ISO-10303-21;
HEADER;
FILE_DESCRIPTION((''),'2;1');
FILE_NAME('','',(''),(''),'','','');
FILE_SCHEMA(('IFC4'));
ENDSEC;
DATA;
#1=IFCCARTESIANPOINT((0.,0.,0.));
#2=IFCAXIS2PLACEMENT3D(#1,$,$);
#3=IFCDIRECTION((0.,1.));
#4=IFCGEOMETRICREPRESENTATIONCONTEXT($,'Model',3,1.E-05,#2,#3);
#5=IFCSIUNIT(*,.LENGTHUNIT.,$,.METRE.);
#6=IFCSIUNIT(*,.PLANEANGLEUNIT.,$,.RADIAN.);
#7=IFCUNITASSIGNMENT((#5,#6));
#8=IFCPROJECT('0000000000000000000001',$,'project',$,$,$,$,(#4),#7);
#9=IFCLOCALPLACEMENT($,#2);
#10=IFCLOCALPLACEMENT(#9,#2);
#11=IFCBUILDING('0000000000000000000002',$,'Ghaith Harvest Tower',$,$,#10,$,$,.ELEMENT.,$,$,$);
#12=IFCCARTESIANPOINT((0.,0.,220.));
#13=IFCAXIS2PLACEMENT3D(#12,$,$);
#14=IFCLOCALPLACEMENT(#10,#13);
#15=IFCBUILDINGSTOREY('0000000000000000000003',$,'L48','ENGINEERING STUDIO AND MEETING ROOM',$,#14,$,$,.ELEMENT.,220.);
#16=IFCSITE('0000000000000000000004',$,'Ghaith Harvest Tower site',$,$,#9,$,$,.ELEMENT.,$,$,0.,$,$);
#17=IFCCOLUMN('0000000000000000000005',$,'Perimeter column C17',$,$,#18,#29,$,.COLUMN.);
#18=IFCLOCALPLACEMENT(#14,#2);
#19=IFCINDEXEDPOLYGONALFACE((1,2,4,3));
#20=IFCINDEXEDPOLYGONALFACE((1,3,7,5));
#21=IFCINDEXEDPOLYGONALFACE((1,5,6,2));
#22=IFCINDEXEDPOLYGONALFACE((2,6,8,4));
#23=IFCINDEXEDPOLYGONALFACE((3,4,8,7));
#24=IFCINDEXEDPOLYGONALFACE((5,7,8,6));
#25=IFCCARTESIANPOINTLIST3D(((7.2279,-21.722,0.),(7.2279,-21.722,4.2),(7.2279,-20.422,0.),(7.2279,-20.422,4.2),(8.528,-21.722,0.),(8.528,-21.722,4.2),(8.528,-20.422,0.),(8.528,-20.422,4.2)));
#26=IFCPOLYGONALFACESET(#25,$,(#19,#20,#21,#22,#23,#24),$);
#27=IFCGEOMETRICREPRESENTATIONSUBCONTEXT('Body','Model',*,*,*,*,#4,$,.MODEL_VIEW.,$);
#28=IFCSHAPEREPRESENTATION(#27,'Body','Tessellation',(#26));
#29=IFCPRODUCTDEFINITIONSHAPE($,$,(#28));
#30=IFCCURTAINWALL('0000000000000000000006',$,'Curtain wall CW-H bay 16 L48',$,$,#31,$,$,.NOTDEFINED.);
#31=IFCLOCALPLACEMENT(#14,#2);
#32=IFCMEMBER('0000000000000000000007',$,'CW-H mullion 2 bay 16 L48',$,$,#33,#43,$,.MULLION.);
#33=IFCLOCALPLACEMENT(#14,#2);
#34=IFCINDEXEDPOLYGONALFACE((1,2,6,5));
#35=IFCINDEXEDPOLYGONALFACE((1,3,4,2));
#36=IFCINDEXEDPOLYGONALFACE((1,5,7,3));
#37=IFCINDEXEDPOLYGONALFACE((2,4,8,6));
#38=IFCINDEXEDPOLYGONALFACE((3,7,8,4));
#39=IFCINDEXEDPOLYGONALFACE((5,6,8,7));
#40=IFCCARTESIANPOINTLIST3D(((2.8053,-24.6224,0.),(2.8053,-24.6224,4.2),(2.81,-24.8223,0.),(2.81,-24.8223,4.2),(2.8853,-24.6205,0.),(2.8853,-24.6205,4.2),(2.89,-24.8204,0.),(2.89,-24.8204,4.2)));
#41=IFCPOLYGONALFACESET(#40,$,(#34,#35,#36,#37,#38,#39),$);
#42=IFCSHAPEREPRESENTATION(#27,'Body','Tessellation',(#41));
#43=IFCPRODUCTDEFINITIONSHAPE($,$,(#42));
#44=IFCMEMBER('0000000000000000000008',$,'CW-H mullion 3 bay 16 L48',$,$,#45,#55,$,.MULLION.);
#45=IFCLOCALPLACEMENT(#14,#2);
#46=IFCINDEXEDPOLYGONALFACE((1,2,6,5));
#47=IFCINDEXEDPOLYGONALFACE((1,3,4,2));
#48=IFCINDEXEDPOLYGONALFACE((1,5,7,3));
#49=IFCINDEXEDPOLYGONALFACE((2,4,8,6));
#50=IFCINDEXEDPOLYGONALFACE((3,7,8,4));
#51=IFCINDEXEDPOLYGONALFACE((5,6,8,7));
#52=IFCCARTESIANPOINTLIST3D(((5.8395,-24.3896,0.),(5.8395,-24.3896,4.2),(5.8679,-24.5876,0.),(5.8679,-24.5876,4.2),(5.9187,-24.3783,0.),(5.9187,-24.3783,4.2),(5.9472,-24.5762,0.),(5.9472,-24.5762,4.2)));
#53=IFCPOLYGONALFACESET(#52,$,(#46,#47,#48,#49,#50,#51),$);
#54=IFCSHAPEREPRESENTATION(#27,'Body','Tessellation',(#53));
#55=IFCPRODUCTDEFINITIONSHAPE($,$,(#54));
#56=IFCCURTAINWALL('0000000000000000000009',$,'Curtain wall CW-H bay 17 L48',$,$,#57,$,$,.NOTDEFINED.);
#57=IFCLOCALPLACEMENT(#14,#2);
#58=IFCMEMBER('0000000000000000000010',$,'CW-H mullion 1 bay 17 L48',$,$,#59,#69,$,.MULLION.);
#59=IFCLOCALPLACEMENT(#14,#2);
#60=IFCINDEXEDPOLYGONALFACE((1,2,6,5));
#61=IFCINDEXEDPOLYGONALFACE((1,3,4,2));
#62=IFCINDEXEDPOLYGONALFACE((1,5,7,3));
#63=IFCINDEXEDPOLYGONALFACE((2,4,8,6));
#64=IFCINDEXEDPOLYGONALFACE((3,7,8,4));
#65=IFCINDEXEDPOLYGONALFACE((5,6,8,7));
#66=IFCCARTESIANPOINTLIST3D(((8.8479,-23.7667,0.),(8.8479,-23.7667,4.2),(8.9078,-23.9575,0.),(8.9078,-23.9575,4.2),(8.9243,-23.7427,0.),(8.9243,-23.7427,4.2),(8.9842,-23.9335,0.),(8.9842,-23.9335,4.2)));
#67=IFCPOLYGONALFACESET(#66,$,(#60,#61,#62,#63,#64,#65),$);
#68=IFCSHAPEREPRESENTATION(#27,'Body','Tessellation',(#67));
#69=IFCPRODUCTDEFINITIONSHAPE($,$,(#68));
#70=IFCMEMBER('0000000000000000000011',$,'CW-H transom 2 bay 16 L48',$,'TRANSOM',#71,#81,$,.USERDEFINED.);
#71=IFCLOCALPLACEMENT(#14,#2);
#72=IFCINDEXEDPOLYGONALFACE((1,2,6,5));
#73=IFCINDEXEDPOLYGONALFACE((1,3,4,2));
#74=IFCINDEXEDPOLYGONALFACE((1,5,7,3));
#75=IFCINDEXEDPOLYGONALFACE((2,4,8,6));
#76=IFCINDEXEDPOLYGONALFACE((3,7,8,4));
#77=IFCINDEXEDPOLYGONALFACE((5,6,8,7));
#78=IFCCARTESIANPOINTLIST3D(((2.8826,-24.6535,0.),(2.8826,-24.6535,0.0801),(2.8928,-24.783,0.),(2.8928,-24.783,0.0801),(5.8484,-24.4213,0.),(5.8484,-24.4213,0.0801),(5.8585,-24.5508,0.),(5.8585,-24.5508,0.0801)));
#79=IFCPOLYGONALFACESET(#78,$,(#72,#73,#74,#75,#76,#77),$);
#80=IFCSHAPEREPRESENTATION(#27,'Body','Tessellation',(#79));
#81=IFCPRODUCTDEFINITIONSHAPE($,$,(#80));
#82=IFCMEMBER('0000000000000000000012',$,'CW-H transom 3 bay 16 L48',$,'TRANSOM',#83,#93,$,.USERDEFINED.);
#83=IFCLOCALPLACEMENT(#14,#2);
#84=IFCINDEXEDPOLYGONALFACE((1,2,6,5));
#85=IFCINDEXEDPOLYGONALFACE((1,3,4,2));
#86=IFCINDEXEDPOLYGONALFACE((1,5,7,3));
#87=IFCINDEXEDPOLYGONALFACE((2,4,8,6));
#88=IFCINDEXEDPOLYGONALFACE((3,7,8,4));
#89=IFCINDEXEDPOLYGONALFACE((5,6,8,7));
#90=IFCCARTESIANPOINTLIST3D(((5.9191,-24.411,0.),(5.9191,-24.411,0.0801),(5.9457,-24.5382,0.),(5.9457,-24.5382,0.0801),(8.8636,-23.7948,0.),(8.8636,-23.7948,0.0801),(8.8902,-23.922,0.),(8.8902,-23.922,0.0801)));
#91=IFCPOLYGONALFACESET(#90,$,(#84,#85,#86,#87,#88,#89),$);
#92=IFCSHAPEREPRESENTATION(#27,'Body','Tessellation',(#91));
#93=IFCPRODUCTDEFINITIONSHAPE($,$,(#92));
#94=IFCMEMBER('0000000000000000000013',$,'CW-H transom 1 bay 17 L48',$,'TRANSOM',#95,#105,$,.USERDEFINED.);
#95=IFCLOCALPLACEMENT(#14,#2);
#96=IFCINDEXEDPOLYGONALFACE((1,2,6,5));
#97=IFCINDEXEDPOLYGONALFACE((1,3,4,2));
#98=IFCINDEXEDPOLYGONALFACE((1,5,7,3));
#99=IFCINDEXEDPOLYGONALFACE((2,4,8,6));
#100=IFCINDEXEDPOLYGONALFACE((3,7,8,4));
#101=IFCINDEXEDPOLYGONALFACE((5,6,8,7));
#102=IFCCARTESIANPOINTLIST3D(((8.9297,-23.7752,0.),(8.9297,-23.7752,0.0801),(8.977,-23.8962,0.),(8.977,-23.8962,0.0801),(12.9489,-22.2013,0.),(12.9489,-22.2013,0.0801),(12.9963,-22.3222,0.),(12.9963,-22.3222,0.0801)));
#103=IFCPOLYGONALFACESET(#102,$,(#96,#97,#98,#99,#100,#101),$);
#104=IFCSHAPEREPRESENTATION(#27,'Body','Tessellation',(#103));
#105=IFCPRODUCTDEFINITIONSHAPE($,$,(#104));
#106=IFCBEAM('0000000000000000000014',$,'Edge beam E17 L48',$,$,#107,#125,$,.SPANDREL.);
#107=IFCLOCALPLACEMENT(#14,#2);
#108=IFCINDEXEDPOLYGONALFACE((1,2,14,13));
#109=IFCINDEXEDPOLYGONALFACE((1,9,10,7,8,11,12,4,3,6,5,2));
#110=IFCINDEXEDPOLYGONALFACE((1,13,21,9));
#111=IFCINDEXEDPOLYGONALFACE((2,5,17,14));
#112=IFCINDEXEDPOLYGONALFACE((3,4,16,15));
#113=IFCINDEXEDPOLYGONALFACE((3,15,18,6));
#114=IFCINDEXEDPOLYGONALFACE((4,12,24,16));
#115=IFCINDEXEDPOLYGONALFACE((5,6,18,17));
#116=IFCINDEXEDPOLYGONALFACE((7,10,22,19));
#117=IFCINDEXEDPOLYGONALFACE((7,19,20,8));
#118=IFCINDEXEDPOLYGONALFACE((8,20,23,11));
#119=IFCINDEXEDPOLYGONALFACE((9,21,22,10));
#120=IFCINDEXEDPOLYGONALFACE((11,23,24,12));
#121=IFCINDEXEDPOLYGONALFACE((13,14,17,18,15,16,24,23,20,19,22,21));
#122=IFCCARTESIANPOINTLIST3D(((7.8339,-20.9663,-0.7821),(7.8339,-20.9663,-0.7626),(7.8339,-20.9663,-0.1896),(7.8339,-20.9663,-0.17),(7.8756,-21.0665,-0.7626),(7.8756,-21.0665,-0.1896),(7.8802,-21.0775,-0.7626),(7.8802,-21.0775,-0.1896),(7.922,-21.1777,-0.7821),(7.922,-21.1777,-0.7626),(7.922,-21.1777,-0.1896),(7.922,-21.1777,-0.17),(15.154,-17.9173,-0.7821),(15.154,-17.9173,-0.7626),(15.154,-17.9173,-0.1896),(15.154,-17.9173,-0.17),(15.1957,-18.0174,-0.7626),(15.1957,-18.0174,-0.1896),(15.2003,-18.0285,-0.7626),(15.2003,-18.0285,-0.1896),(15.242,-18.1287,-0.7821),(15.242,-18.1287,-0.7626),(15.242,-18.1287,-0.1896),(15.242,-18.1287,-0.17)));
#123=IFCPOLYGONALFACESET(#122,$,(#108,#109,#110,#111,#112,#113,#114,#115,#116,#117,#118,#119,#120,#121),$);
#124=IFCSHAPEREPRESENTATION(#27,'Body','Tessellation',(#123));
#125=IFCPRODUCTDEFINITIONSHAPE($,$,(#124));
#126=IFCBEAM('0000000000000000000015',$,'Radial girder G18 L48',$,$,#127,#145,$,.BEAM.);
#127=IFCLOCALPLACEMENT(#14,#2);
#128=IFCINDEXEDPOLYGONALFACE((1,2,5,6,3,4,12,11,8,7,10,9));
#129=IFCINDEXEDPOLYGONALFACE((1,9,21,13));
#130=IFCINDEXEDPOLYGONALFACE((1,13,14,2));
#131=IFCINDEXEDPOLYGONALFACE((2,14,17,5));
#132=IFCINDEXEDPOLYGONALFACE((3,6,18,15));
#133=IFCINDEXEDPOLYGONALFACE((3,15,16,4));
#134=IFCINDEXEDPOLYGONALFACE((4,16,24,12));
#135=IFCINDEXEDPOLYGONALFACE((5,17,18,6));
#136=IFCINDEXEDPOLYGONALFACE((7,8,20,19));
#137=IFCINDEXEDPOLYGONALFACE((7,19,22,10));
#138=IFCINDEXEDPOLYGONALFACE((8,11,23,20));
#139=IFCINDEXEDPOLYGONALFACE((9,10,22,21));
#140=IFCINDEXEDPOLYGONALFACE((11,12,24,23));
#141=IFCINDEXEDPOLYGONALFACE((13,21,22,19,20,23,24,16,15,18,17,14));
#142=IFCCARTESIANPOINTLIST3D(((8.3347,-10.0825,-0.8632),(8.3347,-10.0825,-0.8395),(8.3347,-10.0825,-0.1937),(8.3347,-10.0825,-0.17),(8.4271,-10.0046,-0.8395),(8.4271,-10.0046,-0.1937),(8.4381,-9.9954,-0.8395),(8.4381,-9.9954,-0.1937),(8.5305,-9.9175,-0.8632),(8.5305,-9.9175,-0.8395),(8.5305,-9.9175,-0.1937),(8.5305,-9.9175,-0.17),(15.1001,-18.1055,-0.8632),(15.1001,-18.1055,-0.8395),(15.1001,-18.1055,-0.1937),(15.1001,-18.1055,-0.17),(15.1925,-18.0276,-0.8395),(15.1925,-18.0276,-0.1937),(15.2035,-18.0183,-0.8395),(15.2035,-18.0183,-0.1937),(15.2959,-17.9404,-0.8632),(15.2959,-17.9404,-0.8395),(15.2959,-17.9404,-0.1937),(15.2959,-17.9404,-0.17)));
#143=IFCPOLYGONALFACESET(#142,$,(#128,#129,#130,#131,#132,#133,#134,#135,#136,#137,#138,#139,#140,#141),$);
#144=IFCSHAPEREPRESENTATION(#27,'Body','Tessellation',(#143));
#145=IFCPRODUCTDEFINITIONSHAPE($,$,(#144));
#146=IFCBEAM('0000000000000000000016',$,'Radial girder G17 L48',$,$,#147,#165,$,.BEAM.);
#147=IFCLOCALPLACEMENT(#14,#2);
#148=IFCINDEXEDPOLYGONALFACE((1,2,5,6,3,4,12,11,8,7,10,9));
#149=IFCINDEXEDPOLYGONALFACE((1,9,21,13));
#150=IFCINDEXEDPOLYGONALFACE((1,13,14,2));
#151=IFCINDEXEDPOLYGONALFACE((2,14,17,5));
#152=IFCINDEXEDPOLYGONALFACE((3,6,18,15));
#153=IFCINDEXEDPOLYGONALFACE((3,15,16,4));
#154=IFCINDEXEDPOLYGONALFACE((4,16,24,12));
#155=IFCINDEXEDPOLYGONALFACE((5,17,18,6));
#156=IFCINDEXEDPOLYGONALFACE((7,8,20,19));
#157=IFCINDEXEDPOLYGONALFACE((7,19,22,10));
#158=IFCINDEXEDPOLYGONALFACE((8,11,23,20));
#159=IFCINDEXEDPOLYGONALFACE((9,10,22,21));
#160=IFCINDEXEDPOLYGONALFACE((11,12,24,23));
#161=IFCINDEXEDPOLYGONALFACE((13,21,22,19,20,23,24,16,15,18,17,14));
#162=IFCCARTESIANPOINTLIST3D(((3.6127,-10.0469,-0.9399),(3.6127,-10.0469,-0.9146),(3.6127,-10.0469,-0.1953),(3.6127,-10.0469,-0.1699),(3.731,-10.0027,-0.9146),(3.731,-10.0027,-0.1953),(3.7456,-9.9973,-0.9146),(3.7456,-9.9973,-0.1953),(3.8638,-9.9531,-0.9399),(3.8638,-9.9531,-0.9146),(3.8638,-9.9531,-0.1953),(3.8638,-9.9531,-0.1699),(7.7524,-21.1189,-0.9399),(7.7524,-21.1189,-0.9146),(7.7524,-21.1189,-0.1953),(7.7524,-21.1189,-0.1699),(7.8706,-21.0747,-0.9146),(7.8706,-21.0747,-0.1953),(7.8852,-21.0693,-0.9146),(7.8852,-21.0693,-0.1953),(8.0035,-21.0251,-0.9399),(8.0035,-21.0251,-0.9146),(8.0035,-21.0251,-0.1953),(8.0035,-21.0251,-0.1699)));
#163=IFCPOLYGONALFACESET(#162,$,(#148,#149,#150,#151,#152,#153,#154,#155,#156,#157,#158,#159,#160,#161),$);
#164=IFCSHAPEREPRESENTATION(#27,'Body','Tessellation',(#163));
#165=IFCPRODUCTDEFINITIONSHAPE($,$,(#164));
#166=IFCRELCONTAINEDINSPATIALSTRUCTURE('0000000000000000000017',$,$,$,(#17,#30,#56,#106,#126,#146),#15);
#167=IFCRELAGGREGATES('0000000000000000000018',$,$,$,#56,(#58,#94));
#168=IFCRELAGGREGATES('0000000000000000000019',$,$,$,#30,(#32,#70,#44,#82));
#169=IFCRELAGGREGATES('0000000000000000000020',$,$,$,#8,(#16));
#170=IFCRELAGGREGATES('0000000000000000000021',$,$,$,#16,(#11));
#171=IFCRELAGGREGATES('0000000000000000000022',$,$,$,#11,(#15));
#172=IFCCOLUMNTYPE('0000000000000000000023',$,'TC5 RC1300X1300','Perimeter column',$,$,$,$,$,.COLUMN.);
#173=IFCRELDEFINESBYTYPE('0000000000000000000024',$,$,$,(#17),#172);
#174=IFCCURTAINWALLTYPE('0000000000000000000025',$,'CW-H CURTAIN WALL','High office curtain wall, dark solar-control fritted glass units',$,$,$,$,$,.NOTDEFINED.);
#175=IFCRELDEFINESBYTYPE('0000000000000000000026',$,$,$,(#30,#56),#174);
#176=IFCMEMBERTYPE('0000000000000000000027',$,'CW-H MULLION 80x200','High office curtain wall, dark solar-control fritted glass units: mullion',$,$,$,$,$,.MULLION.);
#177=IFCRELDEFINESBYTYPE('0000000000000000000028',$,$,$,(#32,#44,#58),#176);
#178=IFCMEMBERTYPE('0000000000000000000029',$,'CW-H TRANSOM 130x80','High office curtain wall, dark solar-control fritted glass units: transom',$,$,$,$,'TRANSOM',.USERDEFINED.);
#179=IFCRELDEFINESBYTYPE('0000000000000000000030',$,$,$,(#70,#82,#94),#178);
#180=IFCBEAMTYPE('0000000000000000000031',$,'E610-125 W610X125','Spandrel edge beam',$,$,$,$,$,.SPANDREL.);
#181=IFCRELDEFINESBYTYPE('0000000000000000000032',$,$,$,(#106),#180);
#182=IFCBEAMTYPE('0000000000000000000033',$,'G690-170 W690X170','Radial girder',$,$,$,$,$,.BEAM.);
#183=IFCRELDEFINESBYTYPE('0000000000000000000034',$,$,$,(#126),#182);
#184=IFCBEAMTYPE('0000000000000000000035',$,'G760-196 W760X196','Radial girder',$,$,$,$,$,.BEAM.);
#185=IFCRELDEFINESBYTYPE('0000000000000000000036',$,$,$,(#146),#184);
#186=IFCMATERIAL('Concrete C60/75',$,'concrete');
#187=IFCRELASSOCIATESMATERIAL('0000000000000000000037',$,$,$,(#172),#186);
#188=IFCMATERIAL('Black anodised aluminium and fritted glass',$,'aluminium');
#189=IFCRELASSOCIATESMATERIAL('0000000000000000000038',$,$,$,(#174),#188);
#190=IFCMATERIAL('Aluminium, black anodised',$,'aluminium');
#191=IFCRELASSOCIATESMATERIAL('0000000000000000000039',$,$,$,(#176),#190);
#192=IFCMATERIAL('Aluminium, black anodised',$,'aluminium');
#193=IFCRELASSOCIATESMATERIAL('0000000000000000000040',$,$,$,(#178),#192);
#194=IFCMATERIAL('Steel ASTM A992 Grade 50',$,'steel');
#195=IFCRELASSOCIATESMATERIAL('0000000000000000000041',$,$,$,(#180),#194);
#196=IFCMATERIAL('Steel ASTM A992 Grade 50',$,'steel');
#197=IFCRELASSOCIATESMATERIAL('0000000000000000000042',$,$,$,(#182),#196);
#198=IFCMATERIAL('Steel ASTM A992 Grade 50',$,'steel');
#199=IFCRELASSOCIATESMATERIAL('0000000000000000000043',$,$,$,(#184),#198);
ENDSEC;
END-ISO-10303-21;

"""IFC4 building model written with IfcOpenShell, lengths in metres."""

from ifc_helpers import new_model, si_unit, direction, frame, origin, origin_2d, place, context, subcontext, project, spatial, rectangle, i_section, extrude, material, material_profile, profile_set, type_object, element, aggregate, save


model = new_model("IFC4")

# Units and contexts
model_context = context("Model", 3, precision=1e-05, world=origin(), true_north=direction((0.0, 1.0)))
body_context = subcontext(model_context, "Body", "Model", "MODEL_VIEW")
ifc_project = project(units=[si_unit("LENGTHUNIT", "METRE"), si_unit("PLANEANGLEUNIT", "RADIAN")], contexts=[model_context])

# Site, building, storey
site_placement = place(None, origin())
site = spatial("IfcSite", under=ifc_project, at=site_placement, Name="Ghaith Harvest Tower site", CompositionType="ELEMENT", RefElevation=0.0)
building_placement = place(site_placement, origin())
building = spatial("IfcBuilding", under=site, at=building_placement, Name="Ghaith Harvest Tower", CompositionType="ELEMENT")
storey_placement = place(building_placement, frame((0.0, 0.0, 220.0)))
storey = spatial("IfcBuildingStorey", under=building, at=storey_placement, Name="L48", Description="ENGINEERING STUDIO AND MEETING ROOM", CompositionType="ELEMENT", Elevation=220.0)

# Column
ifc_material_1 = material(Name="Concrete C60/75", Category="concrete")
ifc_material_profile_1 = material_profile(ifc_material_1, rectangle(XDim=1.3, YDim=1.3, at=origin_2d()), Name="RC1300X1300")
ifc_profile_set_1 = profile_set([ifc_material_profile_1], Name="Concrete C60/75")
column_type = type_object("IfcColumnType", Name="TC5 RC1300X1300", Description="Perimeter column", PredefinedType="COLUMN", material=ifc_profile_set_1)
column_placement = place(storey_placement, frame((7.8779, -21.072, 0.0), z_axis=(0.0, 0.0, 1.0), x_axis=(1.0, 0.0, 0.0)))
element("IfcColumn", 1, at=column_placement, inside=storey, type_object=column_type, Name="Perimeter column C17", PredefinedType="COLUMN", context=body_context, shape_type="SweptSolid", body=[
    extrude(rectangle(XDim=1.3, YDim=1.3, at=origin_2d()), origin(), (0.0, 0.0, 1.0), 4.2),
])

# Curtain wall, members
ifc_material_2 = material(Name="Black anodised aluminium and fritted glass", Category="aluminium")
curtain_wall_type = type_object("IfcCurtainWallType", Name="CW-H CURTAIN WALL", Description="High office curtain wall, dark solar-control fritted glass units", PredefinedType="NOTDEFINED", material=ifc_material_2)
curtain_wall_1_placement = place(storey_placement, origin())
curtain_wall_1 = element("IfcCurtainWall", 2, at=curtain_wall_1_placement, inside=storey, type_object=curtain_wall_type, Name="Curtain wall CW-H bay 16 L48", PredefinedType="NOTDEFINED")
ifc_material_3 = material(Name="Aluminium, black anodised", Category="aluminium")
ifc_material_profile_2 = material_profile(ifc_material_3, rectangle(XDim=0.0801, YDim=0.2, at=origin_2d()), Name="CW-H MULLION 80x200")
ifc_profile_set_2 = profile_set([ifc_material_profile_2], Name="Aluminium, black anodised")
member_type_1 = type_object("IfcMemberType", Name="CW-H MULLION 80x200", Description="High office curtain wall, dark solar-control fritted glass units: mullion", PredefinedType="MULLION", material=ifc_profile_set_2)
member_1_placement = place(storey_placement, frame((2.8477, -24.7214, 0.0), z_axis=(0.0, 0.0, 1.0), x_axis=(0.999724, 0.023475, 0.0)))
member_1 = element("IfcMember", 3, at=member_1_placement, type_object=member_type_1, Name="CW-H mullion 2 bay 16 L48", PredefinedType="MULLION", context=body_context, shape_type="SweptSolid", body=[
    extrude(rectangle(XDim=0.0801, YDim=0.2, at=origin_2d()), origin(), (0.0, 0.0, 1.0), 4.2),
])
member_2_placement = place(storey_placement, frame((5.8933, -24.4829, 0.0), z_axis=(0.0, 0.0, 1.0), x_axis=(0.989849, 0.142122, 0.0)))
member_2 = element("IfcMember", 4, at=member_2_placement, type_object=member_type_1, Name="CW-H mullion 3 bay 16 L48", PredefinedType="MULLION", context=body_context, shape_type="SweptSolid", body=[
    extrude(rectangle(XDim=0.0801, YDim=0.2, at=origin_2d()), origin(), (0.0, 0.0, 1.0), 4.2),
])

# Curtain wall, member
curtain_wall_2_placement = place(storey_placement, origin())
curtain_wall_2 = element("IfcCurtainWall", 5, at=curtain_wall_2_placement, inside=storey, type_object=curtain_wall_type, Name="Curtain wall CW-H bay 17 L48", PredefinedType="NOTDEFINED")
member_3_placement = place(storey_placement, frame((8.916, -23.8501, 0.0), z_axis=(0.0, 0.0, 1.0), x_axis=(0.95403, 0.299711, 0.0)))
member_3 = element("IfcMember", 6, at=member_3_placement, type_object=member_type_1, Name="CW-H mullion 1 bay 17 L48", PredefinedType="MULLION", context=body_context, shape_type="SweptSolid", body=[
    extrude(rectangle(XDim=0.0801, YDim=0.2, at=origin_2d()), origin(), (0.0, 0.0, 1.0), 4.2),
])

# Members
ifc_material_4 = material(Name="Aluminium, black anodised", Category="aluminium")
ifc_material_profile_3 = material_profile(ifc_material_4, rectangle(XDim=0.1299, YDim=0.0801, at=origin_2d()), Name="CW-H TRANSOM 130x80")
ifc_profile_set_3 = profile_set([ifc_material_profile_3], Name="Aluminium, black anodised")
member_type_2 = type_object("IfcMemberType", Name="CW-H TRANSOM 130x80", Description="High office curtain wall, dark solar-control fritted glass units: transom", ElementType="TRANSOM", PredefinedType="USERDEFINED", material=ifc_profile_set_3)
member_4_placement = place(storey_placement, frame((2.8877, -24.7183, 0.04), z_axis=(0.99695, 0.078046, 0.0), x_axis=(-0.078046, 0.99695, 0.0)))
member_4 = element("IfcMember", 7, at=member_4_placement, type_object=member_type_2, Name="CW-H transom 2 bay 16 L48", ObjectType="TRANSOM", PredefinedType="USERDEFINED", context=body_context, shape_type="SweptSolid", body=[
    extrude(rectangle(XDim=0.1299, YDim=0.0801, at=origin_2d()), origin(), (0.0, 0.0, 1.0), 2.9749),
])
member_5_placement = place(storey_placement, frame((5.9324, -24.4746, 0.04), z_axis=(0.978797, 0.204832, 0.0), x_axis=(-0.204832, 0.978797, 0.0)))
member_5 = element("IfcMember", 8, at=member_5_placement, type_object=member_type_2, Name="CW-H transom 3 bay 16 L48", ObjectType="TRANSOM", PredefinedType="USERDEFINED", context=body_context, shape_type="SweptSolid", body=[
    extrude(rectangle(XDim=0.1299, YDim=0.0801, at=origin_2d()), origin(), (0.0, 0.0, 1.0), 3.0083),
])
member_6_placement = place(storey_placement, frame((8.9534, -23.8357, 0.04), z_axis=(0.931148, 0.364642, 0.0), x_axis=(-0.364642, 0.931148, 0.0)))
member_6 = element("IfcMember", 9, at=member_6_placement, type_object=member_type_2, Name="CW-H transom 1 bay 17 L48", ObjectType="TRANSOM", PredefinedType="USERDEFINED", context=body_context, shape_type="SweptSolid", body=[
    extrude(rectangle(XDim=0.1299, YDim=0.0801, at=origin_2d()), origin(), (0.0, 0.0, 1.0), 4.3164),
])
aggregate(curtain_wall_2, [member_3, member_6])

# Beams
ifc_material_5 = material(Name="Steel ASTM A992 Grade 50", Category="steel")
ifc_material_profile_4 = material_profile(ifc_material_5, i_section(OverallWidth=0.229, OverallDepth=0.6121, WebThickness=0.012, FlangeThickness=0.0195, at=origin_2d()), Name="W610X125")
ifc_profile_set_4 = profile_set([ifc_material_profile_4], Name="Steel ASTM A992 Grade 50")
beam_type_1 = type_object("IfcBeamType", Name="E610-125 W610X125", Description="Spandrel edge beam", PredefinedType="SPANDREL", material=ifc_profile_set_4)
beam_1_placement = place(storey_placement, frame((7.8779, -21.072, -0.4761), z_axis=(0.92312, 0.384513, 0.0), x_axis=(-0.384513, 0.92312, 0.0)))
element("IfcBeam", 10, at=beam_1_placement, inside=storey, type_object=beam_type_1, Name="Edge beam E17 L48", PredefinedType="SPANDREL", context=body_context, shape_type="SweptSolid", body=[
    extrude(i_section(OverallWidth=0.229, OverallDepth=0.6121, WebThickness=0.012, FlangeThickness=0.0195, at=origin_2d()), origin(), (0.0, 0.0, 1.0), 7.9297),
])
ifc_material_6 = material(Name="Steel ASTM A992 Grade 50", Category="steel")
ifc_material_profile_5 = material_profile(ifc_material_6, i_section(OverallWidth=0.2561, OverallDepth=0.6931, WebThickness=0.0144, FlangeThickness=0.0237, at=origin_2d()), Name="W690X170")
ifc_profile_set_5 = profile_set([ifc_material_profile_5], Name="Steel ASTM A992 Grade 50")
beam_type_2 = type_object("IfcBeamType", Name="G690-170 W690X170", Description="Radial girder", PredefinedType="BEAM", material=ifc_profile_set_5)
beam_2_placement = place(storey_placement, frame((8.4326, -10.0, -0.5166), z_axis=(0.644649, -0.764478, 0.0), x_axis=(0.764478, 0.644649, 0.0)))
element("IfcBeam", 11, at=beam_2_placement, inside=storey, type_object=beam_type_2, Name="Radial girder G18 L48", PredefinedType="BEAM", context=body_context, shape_type="SweptSolid", body=[
    extrude(i_section(OverallWidth=0.2561, OverallDepth=0.6931, WebThickness=0.0144, FlangeThickness=0.0237, at=origin_2d()), origin(), (0.0, 0.0, 1.0), 10.4946),
])
ifc_material_7 = material(Name="Steel ASTM A992 Grade 50", Category="steel")
ifc_material_profile_6 = material_profile(ifc_material_7, i_section(OverallWidth=0.2681, OverallDepth=0.77, WebThickness=0.0156, FlangeThickness=0.0254, at=origin_2d()), Name="W760X196")
ifc_profile_set_6 = profile_set([ifc_material_profile_6], Name="Steel ASTM A992 Grade 50")
beam_type_3 = type_object("IfcBeamType", Name="G760-196 W760X196", Description="Radial girder", PredefinedType="BEAM", material=ifc_profile_set_6)
beam_3_placement = place(storey_placement, frame((3.7383, -10.0, -0.5549), z_axis=(0.350207, -0.936672, 0.0), x_axis=(0.936672, 0.350207, 0.0)))
element("IfcBeam", 12, at=beam_3_placement, inside=storey, type_object=beam_type_3, Name="Radial girder G17 L48", PredefinedType="BEAM", context=body_context, shape_type="SweptSolid", body=[
    extrude(i_section(OverallWidth=0.2681, OverallDepth=0.77, WebThickness=0.0156, FlangeThickness=0.0254, at=origin_2d()), origin(), (0.0, 0.0, 1.0), 11.8206),
])

aggregate(curtain_wall_1, [member_1, member_4, member_2, member_5])

save(model, "model.ifc")
